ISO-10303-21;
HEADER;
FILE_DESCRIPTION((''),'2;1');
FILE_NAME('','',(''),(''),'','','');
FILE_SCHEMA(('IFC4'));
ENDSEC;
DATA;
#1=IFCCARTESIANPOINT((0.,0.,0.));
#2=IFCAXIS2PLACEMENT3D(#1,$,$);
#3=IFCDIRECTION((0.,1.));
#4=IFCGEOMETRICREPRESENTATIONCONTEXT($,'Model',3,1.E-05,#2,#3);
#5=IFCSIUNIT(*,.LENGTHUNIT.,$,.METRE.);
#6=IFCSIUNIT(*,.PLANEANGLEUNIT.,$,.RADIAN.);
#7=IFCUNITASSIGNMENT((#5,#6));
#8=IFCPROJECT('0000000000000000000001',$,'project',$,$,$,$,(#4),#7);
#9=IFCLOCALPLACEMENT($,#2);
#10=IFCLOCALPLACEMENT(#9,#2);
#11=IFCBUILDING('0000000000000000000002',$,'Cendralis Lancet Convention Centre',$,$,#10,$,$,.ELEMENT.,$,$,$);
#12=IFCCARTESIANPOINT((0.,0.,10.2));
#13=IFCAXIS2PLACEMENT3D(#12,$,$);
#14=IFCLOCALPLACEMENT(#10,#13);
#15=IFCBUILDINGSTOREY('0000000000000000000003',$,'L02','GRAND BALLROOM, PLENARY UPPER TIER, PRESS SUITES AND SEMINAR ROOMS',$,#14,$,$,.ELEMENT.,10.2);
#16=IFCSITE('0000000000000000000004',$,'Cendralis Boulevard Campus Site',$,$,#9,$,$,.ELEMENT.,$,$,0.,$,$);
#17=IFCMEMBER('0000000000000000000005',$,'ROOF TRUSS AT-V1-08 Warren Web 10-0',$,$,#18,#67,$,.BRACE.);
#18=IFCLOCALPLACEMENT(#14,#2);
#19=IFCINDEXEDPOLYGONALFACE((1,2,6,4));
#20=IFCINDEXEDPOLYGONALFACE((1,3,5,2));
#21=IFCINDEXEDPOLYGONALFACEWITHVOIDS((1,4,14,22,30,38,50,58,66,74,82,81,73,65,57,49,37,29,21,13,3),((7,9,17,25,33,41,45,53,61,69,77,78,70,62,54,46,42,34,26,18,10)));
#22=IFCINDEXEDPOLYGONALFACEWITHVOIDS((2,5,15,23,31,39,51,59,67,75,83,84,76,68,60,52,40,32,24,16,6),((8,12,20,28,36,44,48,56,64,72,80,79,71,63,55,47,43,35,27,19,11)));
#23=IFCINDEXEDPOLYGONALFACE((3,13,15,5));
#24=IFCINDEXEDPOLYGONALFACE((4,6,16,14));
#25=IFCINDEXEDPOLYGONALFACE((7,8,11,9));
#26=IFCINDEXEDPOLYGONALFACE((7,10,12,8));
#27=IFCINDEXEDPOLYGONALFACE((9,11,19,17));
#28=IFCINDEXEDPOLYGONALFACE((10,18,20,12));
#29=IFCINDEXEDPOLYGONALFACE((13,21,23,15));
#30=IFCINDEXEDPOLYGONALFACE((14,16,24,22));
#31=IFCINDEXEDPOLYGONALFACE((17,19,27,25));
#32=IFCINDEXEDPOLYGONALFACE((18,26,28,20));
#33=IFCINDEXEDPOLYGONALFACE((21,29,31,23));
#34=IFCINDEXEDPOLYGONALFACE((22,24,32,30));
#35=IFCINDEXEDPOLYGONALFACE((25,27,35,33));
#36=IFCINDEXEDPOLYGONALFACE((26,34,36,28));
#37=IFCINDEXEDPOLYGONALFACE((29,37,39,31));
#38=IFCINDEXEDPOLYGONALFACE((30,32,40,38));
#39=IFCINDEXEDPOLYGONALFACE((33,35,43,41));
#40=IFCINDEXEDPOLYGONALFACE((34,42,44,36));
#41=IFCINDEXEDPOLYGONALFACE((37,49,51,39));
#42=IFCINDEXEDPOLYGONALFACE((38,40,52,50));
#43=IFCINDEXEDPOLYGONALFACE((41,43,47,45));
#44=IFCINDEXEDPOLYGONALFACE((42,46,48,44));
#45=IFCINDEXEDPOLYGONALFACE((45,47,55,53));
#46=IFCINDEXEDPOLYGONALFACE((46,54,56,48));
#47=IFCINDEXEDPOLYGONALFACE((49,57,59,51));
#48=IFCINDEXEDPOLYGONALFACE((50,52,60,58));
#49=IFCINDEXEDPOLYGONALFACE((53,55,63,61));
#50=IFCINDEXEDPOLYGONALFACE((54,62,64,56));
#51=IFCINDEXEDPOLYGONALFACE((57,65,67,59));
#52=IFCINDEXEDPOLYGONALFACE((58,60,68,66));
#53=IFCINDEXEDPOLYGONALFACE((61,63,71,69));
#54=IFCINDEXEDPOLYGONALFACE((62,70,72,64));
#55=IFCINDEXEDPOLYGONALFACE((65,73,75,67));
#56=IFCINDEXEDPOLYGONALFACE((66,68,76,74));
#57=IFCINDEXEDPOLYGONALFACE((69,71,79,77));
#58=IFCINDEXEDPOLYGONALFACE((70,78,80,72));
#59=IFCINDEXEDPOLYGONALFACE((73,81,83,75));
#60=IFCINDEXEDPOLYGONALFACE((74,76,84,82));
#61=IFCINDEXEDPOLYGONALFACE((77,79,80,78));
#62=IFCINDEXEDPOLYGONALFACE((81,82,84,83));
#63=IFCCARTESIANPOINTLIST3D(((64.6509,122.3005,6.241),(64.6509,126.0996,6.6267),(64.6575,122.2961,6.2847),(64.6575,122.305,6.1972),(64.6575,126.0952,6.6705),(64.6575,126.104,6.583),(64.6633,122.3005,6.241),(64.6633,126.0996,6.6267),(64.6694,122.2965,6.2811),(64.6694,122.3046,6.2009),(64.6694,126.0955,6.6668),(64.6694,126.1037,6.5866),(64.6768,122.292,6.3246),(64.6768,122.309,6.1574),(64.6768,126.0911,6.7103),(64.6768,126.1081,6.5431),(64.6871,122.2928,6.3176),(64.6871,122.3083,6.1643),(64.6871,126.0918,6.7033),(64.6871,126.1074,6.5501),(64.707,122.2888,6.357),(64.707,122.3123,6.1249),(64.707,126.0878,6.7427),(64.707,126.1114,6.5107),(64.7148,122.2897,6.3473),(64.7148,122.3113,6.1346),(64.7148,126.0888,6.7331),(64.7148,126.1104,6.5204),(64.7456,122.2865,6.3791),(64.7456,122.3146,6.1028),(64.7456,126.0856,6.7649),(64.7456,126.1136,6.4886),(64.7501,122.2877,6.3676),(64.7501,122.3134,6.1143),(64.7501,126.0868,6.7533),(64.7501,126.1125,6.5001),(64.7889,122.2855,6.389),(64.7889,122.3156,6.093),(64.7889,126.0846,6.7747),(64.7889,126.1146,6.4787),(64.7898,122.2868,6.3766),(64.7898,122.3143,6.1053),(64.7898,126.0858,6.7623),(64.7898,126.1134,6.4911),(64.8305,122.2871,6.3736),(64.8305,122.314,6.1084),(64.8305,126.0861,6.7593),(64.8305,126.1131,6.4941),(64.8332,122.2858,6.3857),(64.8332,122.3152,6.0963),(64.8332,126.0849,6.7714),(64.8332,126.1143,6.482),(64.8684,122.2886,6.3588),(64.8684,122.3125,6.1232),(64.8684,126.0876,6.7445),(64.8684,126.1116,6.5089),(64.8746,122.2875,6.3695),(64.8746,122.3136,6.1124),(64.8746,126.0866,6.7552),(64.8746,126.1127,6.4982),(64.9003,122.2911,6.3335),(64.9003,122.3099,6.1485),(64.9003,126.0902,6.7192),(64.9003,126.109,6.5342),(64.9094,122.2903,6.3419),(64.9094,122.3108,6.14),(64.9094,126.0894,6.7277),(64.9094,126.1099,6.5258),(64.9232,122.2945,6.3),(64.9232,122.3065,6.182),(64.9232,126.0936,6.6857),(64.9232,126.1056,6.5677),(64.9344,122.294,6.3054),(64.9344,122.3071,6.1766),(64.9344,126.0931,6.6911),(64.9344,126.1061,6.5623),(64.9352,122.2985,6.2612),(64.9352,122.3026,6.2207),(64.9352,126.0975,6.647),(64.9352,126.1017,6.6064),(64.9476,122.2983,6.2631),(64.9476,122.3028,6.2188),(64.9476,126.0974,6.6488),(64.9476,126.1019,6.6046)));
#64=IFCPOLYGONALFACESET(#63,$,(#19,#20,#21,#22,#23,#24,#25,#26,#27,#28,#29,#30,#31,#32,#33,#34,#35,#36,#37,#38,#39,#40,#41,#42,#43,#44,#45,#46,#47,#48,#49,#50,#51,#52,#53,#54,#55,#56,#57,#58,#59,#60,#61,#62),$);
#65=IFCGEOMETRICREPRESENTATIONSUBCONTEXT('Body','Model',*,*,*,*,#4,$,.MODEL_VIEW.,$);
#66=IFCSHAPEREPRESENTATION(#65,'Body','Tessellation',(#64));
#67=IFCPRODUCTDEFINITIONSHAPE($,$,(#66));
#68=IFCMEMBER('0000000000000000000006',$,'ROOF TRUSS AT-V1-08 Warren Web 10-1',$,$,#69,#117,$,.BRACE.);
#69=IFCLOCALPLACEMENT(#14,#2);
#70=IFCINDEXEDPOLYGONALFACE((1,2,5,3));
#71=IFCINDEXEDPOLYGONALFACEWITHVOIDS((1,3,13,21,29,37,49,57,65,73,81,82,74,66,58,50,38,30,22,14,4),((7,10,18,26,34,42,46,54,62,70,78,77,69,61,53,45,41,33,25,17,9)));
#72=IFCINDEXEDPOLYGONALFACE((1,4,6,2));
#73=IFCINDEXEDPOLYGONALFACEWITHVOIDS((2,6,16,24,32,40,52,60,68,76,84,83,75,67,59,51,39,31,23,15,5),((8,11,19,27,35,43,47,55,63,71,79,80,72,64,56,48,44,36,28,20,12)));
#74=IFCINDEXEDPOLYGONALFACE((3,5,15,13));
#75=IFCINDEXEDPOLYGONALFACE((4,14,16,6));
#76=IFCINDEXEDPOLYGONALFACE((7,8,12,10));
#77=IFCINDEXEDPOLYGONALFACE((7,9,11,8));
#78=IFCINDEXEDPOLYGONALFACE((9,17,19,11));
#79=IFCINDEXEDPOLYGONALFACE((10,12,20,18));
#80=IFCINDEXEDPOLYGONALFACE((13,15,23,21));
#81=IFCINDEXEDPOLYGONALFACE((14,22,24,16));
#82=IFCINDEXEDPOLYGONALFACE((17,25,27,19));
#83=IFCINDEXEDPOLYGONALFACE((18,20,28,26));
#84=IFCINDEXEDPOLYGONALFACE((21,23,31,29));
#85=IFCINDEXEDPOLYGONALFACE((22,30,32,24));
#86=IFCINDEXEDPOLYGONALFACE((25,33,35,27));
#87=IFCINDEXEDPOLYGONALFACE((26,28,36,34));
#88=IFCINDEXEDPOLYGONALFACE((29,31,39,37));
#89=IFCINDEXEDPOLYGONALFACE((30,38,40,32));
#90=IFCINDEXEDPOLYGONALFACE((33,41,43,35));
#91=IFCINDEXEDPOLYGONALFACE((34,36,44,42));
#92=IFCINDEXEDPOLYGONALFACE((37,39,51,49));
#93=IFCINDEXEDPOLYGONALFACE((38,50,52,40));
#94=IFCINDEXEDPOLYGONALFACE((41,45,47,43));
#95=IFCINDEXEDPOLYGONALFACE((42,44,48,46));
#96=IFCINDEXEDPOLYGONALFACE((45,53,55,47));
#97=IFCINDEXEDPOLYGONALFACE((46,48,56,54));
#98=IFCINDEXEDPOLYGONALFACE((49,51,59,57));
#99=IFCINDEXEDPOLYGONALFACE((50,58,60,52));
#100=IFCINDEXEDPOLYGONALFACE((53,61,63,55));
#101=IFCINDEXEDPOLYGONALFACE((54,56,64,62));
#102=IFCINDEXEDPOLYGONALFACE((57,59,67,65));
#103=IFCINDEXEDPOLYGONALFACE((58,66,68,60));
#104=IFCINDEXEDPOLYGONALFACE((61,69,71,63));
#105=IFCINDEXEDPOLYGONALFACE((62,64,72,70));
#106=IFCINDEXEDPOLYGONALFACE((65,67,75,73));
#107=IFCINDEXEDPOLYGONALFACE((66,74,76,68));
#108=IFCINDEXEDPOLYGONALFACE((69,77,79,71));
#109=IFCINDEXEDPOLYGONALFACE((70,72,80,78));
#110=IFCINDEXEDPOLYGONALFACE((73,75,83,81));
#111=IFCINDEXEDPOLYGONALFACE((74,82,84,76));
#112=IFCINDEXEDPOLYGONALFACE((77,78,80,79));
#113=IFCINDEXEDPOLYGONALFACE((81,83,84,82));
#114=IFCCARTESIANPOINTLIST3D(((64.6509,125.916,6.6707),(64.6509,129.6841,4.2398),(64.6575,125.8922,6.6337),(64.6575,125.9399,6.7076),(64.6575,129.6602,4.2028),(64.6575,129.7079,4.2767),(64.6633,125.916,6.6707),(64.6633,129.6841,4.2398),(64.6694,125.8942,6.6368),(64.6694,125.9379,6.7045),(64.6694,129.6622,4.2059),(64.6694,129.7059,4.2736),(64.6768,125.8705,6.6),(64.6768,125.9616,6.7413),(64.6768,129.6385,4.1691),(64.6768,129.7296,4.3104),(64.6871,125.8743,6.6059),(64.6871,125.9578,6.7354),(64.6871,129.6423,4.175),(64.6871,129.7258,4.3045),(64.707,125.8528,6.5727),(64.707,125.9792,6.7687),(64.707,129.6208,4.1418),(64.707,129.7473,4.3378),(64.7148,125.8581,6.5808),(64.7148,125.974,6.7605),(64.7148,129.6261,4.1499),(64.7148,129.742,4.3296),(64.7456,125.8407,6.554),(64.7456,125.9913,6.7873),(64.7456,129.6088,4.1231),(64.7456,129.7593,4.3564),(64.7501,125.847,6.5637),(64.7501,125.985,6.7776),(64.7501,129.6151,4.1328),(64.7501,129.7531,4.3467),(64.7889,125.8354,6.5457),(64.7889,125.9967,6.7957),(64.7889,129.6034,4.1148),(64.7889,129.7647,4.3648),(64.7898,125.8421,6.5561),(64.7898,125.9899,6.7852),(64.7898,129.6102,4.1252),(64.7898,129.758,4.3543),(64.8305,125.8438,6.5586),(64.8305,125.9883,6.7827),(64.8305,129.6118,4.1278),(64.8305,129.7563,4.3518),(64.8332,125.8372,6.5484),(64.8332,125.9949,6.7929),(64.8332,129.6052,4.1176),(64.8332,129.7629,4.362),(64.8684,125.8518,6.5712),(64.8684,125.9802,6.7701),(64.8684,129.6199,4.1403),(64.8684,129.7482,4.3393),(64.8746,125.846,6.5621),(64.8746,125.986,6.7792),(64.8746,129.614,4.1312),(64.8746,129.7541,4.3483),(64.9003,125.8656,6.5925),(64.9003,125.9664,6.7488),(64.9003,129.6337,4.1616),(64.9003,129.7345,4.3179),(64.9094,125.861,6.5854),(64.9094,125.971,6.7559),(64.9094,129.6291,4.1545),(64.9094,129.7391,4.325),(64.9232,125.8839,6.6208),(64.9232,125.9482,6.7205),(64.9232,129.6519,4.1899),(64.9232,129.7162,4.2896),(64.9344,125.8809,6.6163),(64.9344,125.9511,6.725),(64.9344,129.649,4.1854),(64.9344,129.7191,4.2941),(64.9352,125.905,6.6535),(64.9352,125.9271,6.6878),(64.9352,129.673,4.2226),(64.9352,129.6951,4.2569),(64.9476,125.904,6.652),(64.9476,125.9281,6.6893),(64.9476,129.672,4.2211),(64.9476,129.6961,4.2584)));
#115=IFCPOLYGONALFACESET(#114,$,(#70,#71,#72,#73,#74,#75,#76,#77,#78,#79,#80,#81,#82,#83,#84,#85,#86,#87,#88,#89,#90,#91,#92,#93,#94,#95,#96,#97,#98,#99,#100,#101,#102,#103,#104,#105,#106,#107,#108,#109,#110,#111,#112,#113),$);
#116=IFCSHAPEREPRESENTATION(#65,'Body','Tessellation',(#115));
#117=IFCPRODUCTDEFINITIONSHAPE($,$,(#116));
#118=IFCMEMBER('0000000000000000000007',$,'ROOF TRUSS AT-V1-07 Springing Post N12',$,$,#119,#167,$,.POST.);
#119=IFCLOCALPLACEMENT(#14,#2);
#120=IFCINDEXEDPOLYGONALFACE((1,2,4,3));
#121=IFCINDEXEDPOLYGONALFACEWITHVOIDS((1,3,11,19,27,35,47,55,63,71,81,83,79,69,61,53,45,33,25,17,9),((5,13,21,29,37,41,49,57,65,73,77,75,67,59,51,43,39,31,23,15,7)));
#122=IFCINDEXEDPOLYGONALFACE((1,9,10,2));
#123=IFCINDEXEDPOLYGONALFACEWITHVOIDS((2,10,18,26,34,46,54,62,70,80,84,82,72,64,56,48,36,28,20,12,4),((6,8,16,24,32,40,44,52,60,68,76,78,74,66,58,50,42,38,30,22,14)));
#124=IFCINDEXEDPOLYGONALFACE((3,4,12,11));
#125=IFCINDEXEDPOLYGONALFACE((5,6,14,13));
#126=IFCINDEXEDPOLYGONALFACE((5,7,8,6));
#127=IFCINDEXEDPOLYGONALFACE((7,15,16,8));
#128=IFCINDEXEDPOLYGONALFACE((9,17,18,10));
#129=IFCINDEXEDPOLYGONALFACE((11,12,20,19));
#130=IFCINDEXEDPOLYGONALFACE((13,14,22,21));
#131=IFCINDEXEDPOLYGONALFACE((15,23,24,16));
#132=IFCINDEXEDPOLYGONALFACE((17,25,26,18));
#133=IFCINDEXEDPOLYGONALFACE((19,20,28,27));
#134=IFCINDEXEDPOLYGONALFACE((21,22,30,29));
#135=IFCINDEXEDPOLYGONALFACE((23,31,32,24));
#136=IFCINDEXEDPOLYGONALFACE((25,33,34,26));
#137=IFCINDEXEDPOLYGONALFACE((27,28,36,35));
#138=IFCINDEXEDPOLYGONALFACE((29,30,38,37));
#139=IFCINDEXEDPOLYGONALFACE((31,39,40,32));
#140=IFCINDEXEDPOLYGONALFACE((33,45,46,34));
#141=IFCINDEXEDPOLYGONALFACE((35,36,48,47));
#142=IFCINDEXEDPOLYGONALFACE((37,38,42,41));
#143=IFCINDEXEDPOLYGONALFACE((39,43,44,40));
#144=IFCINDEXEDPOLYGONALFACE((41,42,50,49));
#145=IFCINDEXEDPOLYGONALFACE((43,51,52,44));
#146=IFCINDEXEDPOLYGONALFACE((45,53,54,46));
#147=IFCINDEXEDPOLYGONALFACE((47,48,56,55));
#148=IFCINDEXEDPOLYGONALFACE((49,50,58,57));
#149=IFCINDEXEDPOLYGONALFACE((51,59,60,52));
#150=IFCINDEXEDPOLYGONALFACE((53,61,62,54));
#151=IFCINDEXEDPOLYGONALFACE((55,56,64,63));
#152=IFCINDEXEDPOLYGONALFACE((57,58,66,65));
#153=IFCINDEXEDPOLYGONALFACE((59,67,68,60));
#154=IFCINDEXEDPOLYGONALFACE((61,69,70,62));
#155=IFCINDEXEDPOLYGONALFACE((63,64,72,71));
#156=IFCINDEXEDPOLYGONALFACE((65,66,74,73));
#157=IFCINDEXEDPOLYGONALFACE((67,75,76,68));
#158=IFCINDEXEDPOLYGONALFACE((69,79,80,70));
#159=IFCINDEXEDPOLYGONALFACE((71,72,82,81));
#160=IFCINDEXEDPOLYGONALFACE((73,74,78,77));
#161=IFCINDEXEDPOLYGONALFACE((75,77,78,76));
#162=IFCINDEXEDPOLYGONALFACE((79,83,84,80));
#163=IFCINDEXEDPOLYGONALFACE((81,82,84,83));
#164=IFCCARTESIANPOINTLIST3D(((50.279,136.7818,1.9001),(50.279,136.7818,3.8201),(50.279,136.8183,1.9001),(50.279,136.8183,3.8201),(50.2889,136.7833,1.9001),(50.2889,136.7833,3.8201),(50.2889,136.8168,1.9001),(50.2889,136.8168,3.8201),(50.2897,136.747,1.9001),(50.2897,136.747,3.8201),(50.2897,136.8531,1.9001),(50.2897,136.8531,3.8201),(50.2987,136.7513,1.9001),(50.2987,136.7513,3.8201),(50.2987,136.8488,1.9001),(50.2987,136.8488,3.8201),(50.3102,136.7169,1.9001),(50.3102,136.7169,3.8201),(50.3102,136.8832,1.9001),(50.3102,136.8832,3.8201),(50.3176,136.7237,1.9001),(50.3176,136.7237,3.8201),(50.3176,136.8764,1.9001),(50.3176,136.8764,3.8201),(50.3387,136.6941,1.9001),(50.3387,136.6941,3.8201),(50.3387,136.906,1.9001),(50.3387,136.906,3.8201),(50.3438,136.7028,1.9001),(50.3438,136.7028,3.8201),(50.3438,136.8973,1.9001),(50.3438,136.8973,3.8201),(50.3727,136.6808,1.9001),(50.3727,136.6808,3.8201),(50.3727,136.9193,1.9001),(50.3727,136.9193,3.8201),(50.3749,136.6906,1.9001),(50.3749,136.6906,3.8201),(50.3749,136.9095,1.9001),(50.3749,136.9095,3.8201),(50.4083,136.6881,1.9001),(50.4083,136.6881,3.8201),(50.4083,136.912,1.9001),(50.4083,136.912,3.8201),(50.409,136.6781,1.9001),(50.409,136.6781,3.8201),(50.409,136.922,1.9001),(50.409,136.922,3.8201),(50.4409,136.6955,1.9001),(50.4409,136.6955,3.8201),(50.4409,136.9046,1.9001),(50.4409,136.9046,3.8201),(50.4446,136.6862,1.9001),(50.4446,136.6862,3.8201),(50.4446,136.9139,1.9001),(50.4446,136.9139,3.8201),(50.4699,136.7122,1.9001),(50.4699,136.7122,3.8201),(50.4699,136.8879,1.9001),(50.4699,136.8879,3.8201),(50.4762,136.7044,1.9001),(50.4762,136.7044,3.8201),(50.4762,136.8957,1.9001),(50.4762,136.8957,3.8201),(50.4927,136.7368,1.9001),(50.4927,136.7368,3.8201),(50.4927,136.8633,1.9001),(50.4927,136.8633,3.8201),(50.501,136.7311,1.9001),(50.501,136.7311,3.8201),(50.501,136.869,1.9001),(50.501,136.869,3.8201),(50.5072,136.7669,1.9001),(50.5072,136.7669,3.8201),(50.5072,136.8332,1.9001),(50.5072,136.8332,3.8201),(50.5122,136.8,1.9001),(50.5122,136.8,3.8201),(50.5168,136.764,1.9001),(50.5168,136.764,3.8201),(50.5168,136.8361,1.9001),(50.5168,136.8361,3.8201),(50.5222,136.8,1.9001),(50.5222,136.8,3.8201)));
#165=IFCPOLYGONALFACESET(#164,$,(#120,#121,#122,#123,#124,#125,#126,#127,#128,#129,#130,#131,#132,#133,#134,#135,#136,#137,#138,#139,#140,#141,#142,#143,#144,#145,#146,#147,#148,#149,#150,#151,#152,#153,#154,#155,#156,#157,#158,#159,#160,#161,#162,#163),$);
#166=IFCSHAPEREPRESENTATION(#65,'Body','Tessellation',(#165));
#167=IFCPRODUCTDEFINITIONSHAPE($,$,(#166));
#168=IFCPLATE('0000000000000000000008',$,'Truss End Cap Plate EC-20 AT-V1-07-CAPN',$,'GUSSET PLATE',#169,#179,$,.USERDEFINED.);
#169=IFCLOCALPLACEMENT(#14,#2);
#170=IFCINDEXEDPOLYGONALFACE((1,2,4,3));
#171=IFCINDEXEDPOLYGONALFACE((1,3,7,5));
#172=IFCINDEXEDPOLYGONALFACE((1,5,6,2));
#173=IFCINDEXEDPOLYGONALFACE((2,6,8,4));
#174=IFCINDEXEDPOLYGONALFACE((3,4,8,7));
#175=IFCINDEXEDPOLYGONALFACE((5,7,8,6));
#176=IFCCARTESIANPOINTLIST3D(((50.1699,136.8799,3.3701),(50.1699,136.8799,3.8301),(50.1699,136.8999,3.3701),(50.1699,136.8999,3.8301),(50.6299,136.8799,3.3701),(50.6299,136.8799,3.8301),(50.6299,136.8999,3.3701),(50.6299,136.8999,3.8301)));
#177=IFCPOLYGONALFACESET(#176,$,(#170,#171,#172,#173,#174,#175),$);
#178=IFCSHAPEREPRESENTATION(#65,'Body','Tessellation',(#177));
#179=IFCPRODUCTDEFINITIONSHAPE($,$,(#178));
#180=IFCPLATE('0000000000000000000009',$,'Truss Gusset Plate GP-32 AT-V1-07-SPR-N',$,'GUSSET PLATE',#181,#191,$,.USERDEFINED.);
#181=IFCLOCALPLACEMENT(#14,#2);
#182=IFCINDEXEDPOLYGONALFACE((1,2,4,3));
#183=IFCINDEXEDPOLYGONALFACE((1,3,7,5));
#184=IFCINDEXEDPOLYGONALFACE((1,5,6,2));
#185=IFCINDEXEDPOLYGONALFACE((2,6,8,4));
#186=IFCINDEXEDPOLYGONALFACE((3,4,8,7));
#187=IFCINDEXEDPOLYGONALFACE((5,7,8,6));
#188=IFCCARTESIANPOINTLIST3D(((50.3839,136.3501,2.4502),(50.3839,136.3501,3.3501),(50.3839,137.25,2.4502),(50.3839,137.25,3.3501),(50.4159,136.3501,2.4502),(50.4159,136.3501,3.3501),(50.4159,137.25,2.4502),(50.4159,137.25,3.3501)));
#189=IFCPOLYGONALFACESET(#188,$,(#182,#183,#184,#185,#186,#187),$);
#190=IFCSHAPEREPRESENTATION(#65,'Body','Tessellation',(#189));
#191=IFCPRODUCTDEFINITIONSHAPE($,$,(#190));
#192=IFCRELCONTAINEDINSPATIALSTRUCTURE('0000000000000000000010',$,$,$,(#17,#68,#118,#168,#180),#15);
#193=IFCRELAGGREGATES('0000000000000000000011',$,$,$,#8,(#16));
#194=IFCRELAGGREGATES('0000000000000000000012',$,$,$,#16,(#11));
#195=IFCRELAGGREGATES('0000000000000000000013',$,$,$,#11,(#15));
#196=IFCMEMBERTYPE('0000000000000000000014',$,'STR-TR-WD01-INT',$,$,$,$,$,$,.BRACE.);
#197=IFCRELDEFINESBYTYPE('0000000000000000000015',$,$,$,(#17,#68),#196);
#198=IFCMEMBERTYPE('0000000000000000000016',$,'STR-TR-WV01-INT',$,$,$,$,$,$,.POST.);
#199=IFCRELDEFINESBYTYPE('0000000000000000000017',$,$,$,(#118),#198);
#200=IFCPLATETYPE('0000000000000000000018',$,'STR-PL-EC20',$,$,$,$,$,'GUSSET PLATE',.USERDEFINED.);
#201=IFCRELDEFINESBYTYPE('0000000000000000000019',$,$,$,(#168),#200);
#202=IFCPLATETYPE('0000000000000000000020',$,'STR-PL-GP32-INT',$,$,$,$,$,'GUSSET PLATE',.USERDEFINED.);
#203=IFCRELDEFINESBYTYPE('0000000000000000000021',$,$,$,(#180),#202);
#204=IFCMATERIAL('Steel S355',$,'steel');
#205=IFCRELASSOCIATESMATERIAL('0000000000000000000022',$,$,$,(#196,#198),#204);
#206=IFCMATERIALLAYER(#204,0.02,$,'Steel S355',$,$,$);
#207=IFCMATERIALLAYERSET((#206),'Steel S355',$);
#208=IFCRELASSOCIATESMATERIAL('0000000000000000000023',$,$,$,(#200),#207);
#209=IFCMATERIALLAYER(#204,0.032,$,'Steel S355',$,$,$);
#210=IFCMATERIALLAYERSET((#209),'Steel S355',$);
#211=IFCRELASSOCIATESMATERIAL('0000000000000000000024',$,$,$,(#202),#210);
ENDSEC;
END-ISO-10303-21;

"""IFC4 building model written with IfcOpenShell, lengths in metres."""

from ifc_helpers import new_model, si_unit, direction, frame, origin, origin_2d, place, context, subcontext, project, spatial, rectangle, hollow_circle, extrude, material, layer, layer_set, material_profile, profile_set, type_object, element, save


model = new_model("IFC4")

# Units and contexts
model_context = context("Model", 3, precision=1e-05, world=origin(), true_north=direction((0.0, 1.0)))
body_context = subcontext(model_context, "Body", "Model", "MODEL_VIEW")
ifc_project = project(units=[si_unit("LENGTHUNIT", "METRE"), si_unit("PLANEANGLEUNIT", "RADIAN")], contexts=[model_context])

# Site, building, storey
site_placement = place(None, origin())
site = spatial("IfcSite", under=ifc_project, at=site_placement, Name="Cendralis Boulevard Campus Site", CompositionType="ELEMENT", RefElevation=0.0)
building_placement = place(site_placement, origin())
building = spatial("IfcBuilding", under=site, at=building_placement, Name="Cendralis Lancet Convention Centre", CompositionType="ELEMENT")
storey_placement = place(building_placement, frame((0.0, 0.0, 10.2)))
storey = spatial("IfcBuildingStorey", under=building, at=storey_placement, Name="L02", Description="GRAND BALLROOM, PLENARY UPPER TIER, PRESS SUITES AND SEMINAR ROOMS", CompositionType="ELEMENT", Elevation=10.2)

# Members
ifc_material_1 = material(Name="Steel S355", Category="steel")
ifc_material_profile_1 = material_profile(ifc_material_1, hollow_circle(Radius=0.1492, WallThickness=0.0125, at=origin_2d()), Name="CHS 298.5x12.5")
ifc_profile_set_1 = profile_set([ifc_material_profile_1], Name="Steel S355")
member_type_1 = type_object("IfcMemberType", Name="STR-TR-WD01-INT", PredefinedType="BRACE", material=ifc_profile_set_1)
member_1_placement = place(storey_placement, frame((64.8, 122.3005, 6.241), z_axis=(0.0, 0.994885, 0.101017), x_axis=(-1.0, 0.0, 0.0)))
element("IfcMember", 1, at=member_1_placement, inside=storey, type_object=member_type_1, Name="ROOF TRUSS AT-V1-08 Warren Web 10-0", PredefinedType="BRACE", context=body_context, shape_type="SweptSolid", body=[
    extrude(hollow_circle(Radius=0.1492, WallThickness=0.0125, at=origin_2d()), origin(), (0.0, 0.0, 1.0), 3.8186),
])
member_2_placement = place(storey_placement, frame((64.8, 125.916, 6.6707), z_axis=(0.0, 0.840307, -0.542111), x_axis=(-1.0, 0.0, 0.0)))
element("IfcMember", 2, at=member_2_placement, inside=storey, type_object=member_type_1, Name="ROOF TRUSS AT-V1-08 Warren Web 10-1", PredefinedType="BRACE", context=body_context, shape_type="SweptSolid", body=[
    extrude(hollow_circle(Radius=0.1492, WallThickness=0.0125, at=origin_2d()), origin(), (0.0, 0.0, 1.0), 4.4841),
])
ifc_material_profile_2 = material_profile(ifc_material_1, hollow_circle(Radius=0.1223, WallThickness=0.01, at=origin_2d()), Name="CHS 244.5x10.0")
ifc_profile_set_2 = profile_set([ifc_material_profile_2], Name="Steel S355")
member_type_2 = type_object("IfcMemberType", Name="STR-TR-WV01-INT", PredefinedType="POST", material=ifc_profile_set_2)
member_3_placement = place(storey_placement, frame((50.3999, 136.8, 1.9001), z_axis=(0.0, 0.0, 1.0), x_axis=(1.0, 0.0, 0.0)))
element("IfcMember", 3, at=member_3_placement, inside=storey, type_object=member_type_2, Name="ROOF TRUSS AT-V1-07 Springing Post N12", PredefinedType="POST", context=body_context, shape_type="SweptSolid", body=[
    extrude(hollow_circle(Radius=0.1223, WallThickness=0.01, at=origin_2d()), origin(), (0.0, 0.0, 1.0), 1.9199),
])

# Plates
ifc_layer_1 = layer(ifc_material_1, 0.02, Name="Steel S355")
ifc_layer_set_1 = layer_set([ifc_layer_1], Name="Steel S355")
plate_type_1 = type_object("IfcPlateType", Name="STR-PL-EC20", ElementType="GUSSET PLATE", PredefinedType="USERDEFINED", material=ifc_layer_set_1)
plate_1_placement = place(storey_placement, frame((50.3999, 136.8899, 3.3701), z_axis=(0.0, 0.0, 1.0), x_axis=(1.0, 0.0, 0.0)))
element("IfcPlate", 4, at=plate_1_placement, inside=storey, type_object=plate_type_1, Name="Truss End Cap Plate EC-20 AT-V1-07-CAPN", ObjectType="GUSSET PLATE", PredefinedType="USERDEFINED", context=body_context, shape_type="SweptSolid", body=[
    extrude(rectangle(XDim=0.46, YDim=0.02, at=origin_2d()), origin(), (0.0, 0.0, 1.0), 0.46),
])
ifc_layer_2 = layer(ifc_material_1, 0.032, Name="Steel S355")
ifc_layer_set_2 = layer_set([ifc_layer_2], Name="Steel S355")
plate_type_2 = type_object("IfcPlateType", Name="STR-PL-GP32-INT", ElementType="GUSSET PLATE", PredefinedType="USERDEFINED", material=ifc_layer_set_2)
plate_2_placement = place(storey_placement, frame((50.3999, 136.8, 2.4502), z_axis=(0.0, 0.0, 1.0), x_axis=(0.0, 1.0, 0.0)))
element("IfcPlate", 5, at=plate_2_placement, inside=storey, type_object=plate_type_2, Name="Truss Gusset Plate GP-32 AT-V1-07-SPR-N", ObjectType="GUSSET PLATE", PredefinedType="USERDEFINED", context=body_context, shape_type="SweptSolid", body=[
    extrude(rectangle(XDim=0.8999, YDim=0.032, at=origin_2d()), origin(), (0.0, 0.0, 1.0), 0.8999),
])

save(model, "model.ifc")
